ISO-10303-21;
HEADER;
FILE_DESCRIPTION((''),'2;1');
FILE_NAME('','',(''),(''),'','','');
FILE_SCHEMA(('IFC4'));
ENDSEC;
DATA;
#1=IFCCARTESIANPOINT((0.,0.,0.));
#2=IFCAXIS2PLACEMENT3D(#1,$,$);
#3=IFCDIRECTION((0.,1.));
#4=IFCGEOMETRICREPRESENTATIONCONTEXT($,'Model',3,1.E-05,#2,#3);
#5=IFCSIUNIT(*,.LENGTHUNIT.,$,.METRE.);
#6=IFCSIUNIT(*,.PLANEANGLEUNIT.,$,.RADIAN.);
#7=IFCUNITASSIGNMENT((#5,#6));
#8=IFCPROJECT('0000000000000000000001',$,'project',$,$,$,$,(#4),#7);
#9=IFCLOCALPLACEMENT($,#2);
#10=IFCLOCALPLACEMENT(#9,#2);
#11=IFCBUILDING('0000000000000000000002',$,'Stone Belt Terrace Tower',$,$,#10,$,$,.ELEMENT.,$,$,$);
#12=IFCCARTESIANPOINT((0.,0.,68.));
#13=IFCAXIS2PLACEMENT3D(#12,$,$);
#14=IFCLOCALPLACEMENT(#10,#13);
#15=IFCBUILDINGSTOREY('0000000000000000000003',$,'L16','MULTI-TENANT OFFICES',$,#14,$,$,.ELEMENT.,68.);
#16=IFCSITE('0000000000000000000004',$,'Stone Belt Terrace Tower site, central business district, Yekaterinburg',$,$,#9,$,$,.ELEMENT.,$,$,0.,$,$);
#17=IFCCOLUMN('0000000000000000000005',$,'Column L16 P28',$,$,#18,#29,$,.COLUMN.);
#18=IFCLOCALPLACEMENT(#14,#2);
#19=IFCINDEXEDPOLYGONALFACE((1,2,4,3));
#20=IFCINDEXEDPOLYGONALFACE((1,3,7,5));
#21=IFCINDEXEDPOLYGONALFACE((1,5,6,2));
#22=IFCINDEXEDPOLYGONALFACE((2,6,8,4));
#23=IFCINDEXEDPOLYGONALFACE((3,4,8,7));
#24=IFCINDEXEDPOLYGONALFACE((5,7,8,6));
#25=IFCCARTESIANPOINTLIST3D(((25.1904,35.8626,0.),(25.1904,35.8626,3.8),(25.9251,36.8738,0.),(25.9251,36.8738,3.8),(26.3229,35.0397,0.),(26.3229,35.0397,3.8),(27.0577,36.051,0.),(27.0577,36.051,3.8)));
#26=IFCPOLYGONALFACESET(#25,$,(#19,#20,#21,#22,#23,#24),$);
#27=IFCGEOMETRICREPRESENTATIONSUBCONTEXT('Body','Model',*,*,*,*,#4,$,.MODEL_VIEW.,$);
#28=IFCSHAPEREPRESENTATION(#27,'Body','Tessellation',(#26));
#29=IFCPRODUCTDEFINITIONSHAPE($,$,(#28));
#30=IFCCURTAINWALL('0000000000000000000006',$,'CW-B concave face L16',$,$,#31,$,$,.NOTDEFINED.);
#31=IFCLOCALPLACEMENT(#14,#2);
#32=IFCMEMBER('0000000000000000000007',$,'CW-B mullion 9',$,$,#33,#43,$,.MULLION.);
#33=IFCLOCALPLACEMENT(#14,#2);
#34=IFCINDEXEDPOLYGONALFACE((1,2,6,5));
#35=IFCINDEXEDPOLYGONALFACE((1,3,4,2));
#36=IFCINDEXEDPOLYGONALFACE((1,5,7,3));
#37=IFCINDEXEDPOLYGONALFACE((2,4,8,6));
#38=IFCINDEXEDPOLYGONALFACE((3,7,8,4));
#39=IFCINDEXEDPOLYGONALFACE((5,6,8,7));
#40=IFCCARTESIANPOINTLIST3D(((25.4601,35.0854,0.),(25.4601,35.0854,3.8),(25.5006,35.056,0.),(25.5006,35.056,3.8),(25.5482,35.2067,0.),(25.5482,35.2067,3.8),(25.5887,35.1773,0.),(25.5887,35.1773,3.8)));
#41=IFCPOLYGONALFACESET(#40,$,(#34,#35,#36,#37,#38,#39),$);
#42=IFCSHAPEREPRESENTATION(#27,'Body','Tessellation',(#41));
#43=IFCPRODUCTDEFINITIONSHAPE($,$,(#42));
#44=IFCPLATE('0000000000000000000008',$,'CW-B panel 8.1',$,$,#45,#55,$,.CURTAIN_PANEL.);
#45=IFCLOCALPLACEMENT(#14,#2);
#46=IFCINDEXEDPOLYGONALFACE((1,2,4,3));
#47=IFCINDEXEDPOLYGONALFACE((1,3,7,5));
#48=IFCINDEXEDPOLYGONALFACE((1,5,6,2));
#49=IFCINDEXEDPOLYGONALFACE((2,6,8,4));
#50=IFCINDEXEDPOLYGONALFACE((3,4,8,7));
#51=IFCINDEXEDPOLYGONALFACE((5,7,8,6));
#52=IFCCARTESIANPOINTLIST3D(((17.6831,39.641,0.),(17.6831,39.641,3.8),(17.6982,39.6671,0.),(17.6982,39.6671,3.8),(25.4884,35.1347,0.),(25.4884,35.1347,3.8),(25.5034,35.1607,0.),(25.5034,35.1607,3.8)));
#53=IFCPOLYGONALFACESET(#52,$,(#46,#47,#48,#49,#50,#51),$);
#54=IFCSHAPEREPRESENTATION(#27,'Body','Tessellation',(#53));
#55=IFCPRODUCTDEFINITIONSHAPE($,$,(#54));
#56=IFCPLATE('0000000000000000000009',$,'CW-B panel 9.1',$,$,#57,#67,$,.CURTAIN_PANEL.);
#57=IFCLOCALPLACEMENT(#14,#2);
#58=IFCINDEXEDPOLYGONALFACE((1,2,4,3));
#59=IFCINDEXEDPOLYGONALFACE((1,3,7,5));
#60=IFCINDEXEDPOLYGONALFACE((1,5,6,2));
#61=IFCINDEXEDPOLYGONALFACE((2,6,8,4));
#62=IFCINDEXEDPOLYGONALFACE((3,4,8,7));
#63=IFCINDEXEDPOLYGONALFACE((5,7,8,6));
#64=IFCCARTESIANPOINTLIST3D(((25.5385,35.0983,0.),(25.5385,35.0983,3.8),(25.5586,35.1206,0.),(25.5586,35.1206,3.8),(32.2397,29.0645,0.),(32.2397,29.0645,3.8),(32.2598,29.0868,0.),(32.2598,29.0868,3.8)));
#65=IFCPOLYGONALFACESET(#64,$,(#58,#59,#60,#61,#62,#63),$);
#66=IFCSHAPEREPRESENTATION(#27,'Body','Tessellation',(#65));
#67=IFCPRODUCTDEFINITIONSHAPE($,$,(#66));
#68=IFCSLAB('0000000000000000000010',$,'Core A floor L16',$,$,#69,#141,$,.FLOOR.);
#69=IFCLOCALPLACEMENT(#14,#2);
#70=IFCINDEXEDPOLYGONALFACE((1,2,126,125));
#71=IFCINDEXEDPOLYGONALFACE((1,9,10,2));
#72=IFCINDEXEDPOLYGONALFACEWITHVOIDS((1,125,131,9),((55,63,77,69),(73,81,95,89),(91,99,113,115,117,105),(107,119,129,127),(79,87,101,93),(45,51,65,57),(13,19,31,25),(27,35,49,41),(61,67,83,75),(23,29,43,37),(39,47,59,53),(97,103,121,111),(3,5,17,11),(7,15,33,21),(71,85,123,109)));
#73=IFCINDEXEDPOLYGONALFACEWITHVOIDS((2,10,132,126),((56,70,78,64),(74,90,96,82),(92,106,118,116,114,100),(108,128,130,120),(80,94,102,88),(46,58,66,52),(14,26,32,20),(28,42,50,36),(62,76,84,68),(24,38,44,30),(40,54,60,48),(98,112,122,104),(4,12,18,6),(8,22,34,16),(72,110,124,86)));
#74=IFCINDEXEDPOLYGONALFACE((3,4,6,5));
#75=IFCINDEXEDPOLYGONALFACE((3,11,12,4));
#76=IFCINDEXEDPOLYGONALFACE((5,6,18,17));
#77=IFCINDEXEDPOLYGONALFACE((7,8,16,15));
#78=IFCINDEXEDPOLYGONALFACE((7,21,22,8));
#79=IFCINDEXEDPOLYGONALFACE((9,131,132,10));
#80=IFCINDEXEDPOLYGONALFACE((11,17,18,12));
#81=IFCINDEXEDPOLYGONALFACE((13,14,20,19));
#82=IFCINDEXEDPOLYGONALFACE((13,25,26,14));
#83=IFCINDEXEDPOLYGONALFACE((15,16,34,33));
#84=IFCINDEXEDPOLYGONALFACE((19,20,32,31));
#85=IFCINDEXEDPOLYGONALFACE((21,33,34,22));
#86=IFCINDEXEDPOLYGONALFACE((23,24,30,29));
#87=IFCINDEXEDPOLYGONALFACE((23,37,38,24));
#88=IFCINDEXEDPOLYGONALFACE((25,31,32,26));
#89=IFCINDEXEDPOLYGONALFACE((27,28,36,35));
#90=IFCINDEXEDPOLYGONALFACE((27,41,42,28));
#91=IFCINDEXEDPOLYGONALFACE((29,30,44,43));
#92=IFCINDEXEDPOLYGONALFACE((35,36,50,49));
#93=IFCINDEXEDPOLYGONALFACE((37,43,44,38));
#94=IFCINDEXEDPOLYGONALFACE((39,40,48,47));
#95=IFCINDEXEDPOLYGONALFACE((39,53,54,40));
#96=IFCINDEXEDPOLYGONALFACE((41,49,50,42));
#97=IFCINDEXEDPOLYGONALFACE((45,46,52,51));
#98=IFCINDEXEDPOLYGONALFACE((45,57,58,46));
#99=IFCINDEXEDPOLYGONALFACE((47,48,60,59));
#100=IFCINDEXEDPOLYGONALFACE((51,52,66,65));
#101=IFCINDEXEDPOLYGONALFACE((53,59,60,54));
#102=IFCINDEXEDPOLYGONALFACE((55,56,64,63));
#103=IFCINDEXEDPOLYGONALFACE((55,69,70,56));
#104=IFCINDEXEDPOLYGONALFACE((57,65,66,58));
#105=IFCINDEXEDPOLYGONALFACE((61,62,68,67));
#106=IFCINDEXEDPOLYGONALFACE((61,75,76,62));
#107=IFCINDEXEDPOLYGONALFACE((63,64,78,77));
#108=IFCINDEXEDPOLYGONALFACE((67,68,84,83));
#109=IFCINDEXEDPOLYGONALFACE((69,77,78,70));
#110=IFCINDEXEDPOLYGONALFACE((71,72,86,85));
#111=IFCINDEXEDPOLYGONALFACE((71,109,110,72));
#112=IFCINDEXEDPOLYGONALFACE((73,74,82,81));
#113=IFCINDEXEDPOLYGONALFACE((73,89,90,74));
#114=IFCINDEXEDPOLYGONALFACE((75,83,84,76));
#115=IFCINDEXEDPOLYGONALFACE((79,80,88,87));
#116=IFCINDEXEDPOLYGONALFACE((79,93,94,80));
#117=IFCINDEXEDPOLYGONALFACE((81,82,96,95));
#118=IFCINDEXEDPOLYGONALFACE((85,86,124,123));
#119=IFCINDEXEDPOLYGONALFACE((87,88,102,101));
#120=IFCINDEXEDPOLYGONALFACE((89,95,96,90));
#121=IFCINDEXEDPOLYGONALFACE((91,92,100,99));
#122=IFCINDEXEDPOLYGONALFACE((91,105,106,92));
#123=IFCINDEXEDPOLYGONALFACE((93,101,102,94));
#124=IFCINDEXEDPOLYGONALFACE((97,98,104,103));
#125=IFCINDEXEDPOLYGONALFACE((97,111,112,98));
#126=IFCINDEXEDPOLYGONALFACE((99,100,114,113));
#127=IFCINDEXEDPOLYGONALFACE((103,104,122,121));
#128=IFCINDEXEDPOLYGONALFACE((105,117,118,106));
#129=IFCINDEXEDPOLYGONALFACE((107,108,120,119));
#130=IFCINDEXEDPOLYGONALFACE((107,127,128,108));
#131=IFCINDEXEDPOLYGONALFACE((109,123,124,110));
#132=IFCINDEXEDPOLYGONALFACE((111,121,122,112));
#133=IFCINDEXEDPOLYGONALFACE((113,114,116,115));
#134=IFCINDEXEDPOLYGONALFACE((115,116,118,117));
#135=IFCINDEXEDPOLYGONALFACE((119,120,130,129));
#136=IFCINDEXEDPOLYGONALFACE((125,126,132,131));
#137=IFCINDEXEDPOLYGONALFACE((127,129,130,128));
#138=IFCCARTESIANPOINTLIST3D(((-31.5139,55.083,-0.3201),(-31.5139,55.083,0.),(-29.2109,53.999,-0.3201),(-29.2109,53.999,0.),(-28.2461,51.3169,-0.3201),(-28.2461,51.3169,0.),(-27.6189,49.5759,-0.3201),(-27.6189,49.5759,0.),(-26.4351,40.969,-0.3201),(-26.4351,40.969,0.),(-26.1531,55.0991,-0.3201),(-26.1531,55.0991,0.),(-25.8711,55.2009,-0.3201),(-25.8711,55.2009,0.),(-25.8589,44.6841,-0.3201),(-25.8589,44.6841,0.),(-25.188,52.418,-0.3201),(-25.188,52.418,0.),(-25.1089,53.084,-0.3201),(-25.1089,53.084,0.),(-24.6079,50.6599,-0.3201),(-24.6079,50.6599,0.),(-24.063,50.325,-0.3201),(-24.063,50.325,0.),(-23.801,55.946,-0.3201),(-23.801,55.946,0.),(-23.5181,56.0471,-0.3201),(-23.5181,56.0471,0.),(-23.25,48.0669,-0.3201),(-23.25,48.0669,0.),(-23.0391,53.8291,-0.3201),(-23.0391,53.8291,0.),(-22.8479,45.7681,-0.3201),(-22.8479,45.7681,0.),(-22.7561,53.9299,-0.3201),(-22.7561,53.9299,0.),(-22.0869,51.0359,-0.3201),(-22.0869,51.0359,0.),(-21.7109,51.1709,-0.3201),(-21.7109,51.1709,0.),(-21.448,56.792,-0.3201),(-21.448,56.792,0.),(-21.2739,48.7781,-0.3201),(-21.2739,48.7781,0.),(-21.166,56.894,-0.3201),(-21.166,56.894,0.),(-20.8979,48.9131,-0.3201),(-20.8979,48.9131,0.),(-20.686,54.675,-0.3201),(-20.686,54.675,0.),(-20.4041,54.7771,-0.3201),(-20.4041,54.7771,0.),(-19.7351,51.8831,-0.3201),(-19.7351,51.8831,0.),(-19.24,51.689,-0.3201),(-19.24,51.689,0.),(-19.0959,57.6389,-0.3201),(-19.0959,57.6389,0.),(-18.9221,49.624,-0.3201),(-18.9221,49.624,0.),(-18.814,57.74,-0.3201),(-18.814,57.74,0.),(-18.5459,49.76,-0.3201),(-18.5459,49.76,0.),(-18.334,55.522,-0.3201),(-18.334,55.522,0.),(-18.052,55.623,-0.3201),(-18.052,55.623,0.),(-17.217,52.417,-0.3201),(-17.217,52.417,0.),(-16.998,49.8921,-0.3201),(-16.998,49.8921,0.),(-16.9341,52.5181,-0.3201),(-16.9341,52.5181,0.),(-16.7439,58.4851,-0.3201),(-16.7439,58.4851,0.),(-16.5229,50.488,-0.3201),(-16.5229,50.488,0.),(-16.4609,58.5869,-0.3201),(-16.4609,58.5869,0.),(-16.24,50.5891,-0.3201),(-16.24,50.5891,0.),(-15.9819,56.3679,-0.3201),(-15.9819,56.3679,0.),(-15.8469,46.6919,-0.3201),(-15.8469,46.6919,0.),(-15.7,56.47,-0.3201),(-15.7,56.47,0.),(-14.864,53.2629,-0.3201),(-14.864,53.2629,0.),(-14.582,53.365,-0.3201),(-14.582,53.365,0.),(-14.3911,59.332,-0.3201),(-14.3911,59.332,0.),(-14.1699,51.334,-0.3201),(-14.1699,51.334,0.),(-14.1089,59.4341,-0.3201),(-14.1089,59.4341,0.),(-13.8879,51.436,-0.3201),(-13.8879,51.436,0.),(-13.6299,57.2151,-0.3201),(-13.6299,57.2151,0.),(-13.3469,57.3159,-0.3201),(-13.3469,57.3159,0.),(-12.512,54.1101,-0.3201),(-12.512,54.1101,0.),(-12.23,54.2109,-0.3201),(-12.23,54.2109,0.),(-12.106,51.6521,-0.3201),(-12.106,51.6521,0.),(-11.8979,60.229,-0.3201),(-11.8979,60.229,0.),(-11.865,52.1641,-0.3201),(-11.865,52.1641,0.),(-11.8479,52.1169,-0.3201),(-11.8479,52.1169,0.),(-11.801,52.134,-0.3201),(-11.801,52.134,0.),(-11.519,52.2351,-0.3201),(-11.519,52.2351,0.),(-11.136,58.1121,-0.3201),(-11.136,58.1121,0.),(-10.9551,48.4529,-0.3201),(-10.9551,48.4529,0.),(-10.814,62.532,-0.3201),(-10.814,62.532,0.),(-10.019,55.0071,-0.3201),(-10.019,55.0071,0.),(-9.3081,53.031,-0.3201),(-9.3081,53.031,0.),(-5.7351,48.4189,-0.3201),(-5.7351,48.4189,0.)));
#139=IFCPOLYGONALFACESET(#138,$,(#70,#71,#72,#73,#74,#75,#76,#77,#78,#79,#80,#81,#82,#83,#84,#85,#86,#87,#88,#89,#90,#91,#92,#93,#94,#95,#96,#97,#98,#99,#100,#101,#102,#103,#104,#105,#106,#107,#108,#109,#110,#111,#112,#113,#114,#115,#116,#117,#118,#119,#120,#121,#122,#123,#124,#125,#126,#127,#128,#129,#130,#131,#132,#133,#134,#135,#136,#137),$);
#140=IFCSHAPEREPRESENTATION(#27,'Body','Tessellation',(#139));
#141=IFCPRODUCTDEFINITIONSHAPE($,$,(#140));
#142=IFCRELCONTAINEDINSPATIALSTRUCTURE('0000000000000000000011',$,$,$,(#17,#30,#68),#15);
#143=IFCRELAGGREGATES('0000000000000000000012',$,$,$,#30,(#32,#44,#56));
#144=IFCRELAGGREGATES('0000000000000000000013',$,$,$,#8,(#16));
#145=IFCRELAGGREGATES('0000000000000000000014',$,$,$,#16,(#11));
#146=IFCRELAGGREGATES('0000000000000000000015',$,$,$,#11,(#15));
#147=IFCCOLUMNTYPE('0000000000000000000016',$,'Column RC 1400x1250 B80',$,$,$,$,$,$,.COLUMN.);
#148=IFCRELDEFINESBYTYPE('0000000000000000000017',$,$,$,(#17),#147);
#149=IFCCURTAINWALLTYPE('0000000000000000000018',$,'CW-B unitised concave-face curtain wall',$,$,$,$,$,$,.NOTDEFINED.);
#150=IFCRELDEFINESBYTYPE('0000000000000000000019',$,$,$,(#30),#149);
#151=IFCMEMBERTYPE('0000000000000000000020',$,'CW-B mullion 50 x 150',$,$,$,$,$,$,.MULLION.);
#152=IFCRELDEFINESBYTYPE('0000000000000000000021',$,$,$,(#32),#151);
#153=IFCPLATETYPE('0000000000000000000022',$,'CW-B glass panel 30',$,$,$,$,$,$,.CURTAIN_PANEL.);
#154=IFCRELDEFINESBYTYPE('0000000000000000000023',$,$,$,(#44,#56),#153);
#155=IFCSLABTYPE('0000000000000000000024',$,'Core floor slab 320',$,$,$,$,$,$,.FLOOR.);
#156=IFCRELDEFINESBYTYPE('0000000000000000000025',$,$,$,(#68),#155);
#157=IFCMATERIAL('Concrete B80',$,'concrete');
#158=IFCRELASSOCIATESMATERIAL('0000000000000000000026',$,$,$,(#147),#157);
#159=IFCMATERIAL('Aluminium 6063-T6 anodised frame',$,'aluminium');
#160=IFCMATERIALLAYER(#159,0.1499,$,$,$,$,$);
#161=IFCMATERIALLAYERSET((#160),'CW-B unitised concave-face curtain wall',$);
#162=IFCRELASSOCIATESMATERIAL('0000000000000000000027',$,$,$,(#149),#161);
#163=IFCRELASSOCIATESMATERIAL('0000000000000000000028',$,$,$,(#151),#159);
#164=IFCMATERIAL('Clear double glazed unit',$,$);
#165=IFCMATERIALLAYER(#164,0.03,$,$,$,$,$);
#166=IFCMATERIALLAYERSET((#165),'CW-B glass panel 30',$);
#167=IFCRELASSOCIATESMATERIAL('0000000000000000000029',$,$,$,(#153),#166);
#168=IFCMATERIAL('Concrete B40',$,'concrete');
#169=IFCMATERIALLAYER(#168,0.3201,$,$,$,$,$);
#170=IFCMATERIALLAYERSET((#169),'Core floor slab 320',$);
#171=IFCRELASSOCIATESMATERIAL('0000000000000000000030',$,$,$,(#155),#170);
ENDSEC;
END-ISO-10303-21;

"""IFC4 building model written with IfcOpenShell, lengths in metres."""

from ifc_helpers import new_model, si_unit, direction, frame, origin, origin_2d, place, context, subcontext, project, spatial, polyline, rectangle, outline, extrude, material, layer, layer_set, material_profile, profile_set, type_object, element, aggregate, save


model = new_model("IFC4")

# Units and contexts
model_context = context("Model", 3, precision=1e-05, world=origin(), true_north=direction((0.0, 1.0)))
body_context = subcontext(model_context, "Body", "Model", "MODEL_VIEW")
ifc_project = project(units=[si_unit("LENGTHUNIT", "METRE"), si_unit("PLANEANGLEUNIT", "RADIAN")], contexts=[model_context])

# Site, building, storey
site_placement = place(None, origin())
site = spatial("IfcSite", under=ifc_project, at=site_placement, Name="Stone Belt Terrace Tower site, central business district, Yekaterinburg", CompositionType="ELEMENT", RefElevation=0.0)
building_placement = place(site_placement, origin())
building = spatial("IfcBuilding", under=site, at=building_placement, Name="Stone Belt Terrace Tower", CompositionType="ELEMENT")
storey_placement = place(building_placement, frame((0.0, 0.0, 68.0)))
storey = spatial("IfcBuildingStorey", under=building, at=storey_placement, Name="L16", Description="MULTI-TENANT OFFICES", CompositionType="ELEMENT", Elevation=68.0)

# Column
ifc_material_1 = material(Name="Concrete B80", Category="concrete")
ifc_material_profile_1 = material_profile(ifc_material_1, rectangle(XDim=1.3999, YDim=1.25, at=origin_2d()), Name="RC 1400x1250")
ifc_profile_set_1 = profile_set([ifc_material_profile_1], Name="Concrete B80")
column_type = type_object("IfcColumnType", Name="Column RC 1400x1250 B80", PredefinedType="COLUMN", material=ifc_profile_set_1)
column_placement = place(storey_placement, frame((26.124, 35.9568, 0.0), z_axis=(0.0, 0.0, 1.0), x_axis=(0.809017, -0.587785, 0.0)))
element("IfcColumn", 1, at=column_placement, inside=storey, type_object=column_type, Name="Column L16 P28", PredefinedType="COLUMN", context=body_context, shape_type="SweptSolid", body=[
    extrude(rectangle(XDim=1.3999, YDim=1.25, at=origin_2d()), origin(), (0.0, 0.0, 1.0), 3.8),
])

# Curtain wall, member, plates
ifc_material_2 = material(Name="Aluminium 6063-T6 anodised frame", Category="aluminium")
ifc_layer_1 = layer(ifc_material_2, 0.1499)
ifc_layer_set_1 = layer_set([ifc_layer_1], Name="CW-B unitised concave-face curtain wall")
curtain_wall_type = type_object("IfcCurtainWallType", Name="CW-B unitised concave-face curtain wall", PredefinedType="NOTDEFINED", material=ifc_layer_set_1)
curtain_wall_placement = place(storey_placement, origin())
curtain_wall = element("IfcCurtainWall", 2, at=curtain_wall_placement, inside=storey, type_object=curtain_wall_type, Name="CW-B concave face L16", PredefinedType="NOTDEFINED")
ifc_material_profile_2 = material_profile(ifc_material_2, rectangle(XDim=0.1499, YDim=0.05, at=origin_2d()), Name="Aluminium 6063-T6 50x150")
ifc_profile_set_2 = profile_set([ifc_material_profile_2], Name="Aluminium 6063-T6 anodised frame")
member_type = type_object("IfcMemberType", Name="CW-B mullion 50 x 150", PredefinedType="MULLION", material=ifc_profile_set_2)
member_placement = place(storey_placement, frame((25.5244, 35.1313, 0.0), z_axis=(0.0, 0.0, 1.0), x_axis=(0.587785, 0.809017, 0.0)))
member = element("IfcMember", 3, at=member_placement, type_object=member_type, Name="CW-B mullion 9", PredefinedType="MULLION", context=body_context, shape_type="SweptSolid", body=[
    extrude(rectangle(XDim=0.1499, YDim=0.05, at=origin_2d()), origin(), (0.0, 0.0, 1.0), 3.8),
])
ifc_material_3 = material(Name="Clear double glazed unit")
ifc_layer_2 = layer(ifc_material_3, 0.03)
ifc_layer_set_2 = layer_set([ifc_layer_2], Name="CW-B glass panel 30")
plate_type = type_object("IfcPlateType", Name="CW-B glass panel 30", PredefinedType="CURTAIN_PANEL", material=ifc_layer_set_2)
plate_1_placement = place(storey_placement, frame((21.5933, 37.4009, 0.0), z_axis=(0.0, 0.0, 1.0), x_axis=(0.866025, -0.5, 0.0)))
plate_1 = element("IfcPlate", 4, at=plate_1_placement, type_object=plate_type, Name="CW-B panel 8.1", PredefinedType="CURTAIN_PANEL", context=body_context, shape_type="SweptSolid", body=[
    extrude(rectangle(XDim=9.0127, YDim=0.03, at=origin_2d()), origin(), (0.0, 0.0, 1.0), 3.8),
])
plate_2_placement = place(storey_placement, frame((28.8992, 32.0925, 0.0), z_axis=(0.0, 0.0, 1.0), x_axis=(0.743145, -0.669131, 0.0)))
plate_2 = element("IfcPlate", 5, at=plate_2_placement, type_object=plate_type, Name="CW-B panel 9.1", PredefinedType="CURTAIN_PANEL", context=body_context, shape_type="SweptSolid", body=[
    extrude(rectangle(XDim=9.0173, YDim=0.03, at=origin_2d()), origin(), (0.0, 0.0, 1.0), 3.8),
])
aggregate(curtain_wall, [member, plate_1, plate_2])

# Slab
ifc_material_4 = material(Name="Concrete B40", Category="concrete")
ifc_layer_3 = layer(ifc_material_4, 0.3201)
ifc_layer_set_3 = layer_set([ifc_layer_3], Name="Core floor slab 320")
slab_type_1 = type_object("IfcSlabType", Name="Core floor slab 320", PredefinedType="FLOOR", material=ifc_layer_set_3)
slab_1_placement = place(storey_placement, frame((0.0, 0.0, -0.3201)))
element("IfcSlab", 6, at=slab_1_placement, inside=storey, type_object=slab_type_1, Name="Core A floor L16", PredefinedType="FLOOR", context=body_context, shape_type="SweptSolid", body=[
    extrude(outline(polyline([(-26.4351, 40.969), (-5.7351, 48.4189), (-10.814, 62.532), (-31.5139, 55.083), (-26.4351, 40.969)]), holes=[polyline([(-24.6079, 50.6599), (-22.8479, 45.7681), (-25.8589, 44.6841), (-27.6189, 49.5759), (-24.6079, 50.6599)]), polyline([(-21.2739, 48.7781), (-23.25, 48.0669), (-24.063, 50.325), (-22.0869, 51.0359), (-21.2739, 48.7781)]), polyline([(-18.9221, 49.624), (-20.8979, 48.9131), (-21.7109, 51.1709), (-19.7351, 51.8831), (-18.9221, 49.624)]), polyline([(-19.24, 51.689), (-17.217, 52.417), (-16.5229, 50.488), (-18.5459, 49.76), (-19.24, 51.689)]), polyline([(-29.2109, 53.999), (-26.1531, 55.0991), (-25.188, 52.418), (-28.2461, 51.3169), (-29.2109, 53.999)]), polyline([(-23.801, 55.946), (-23.0391, 53.8291), (-25.1089, 53.084), (-25.8711, 55.2009), (-23.801, 55.946)]), polyline([(-21.448, 56.792), (-20.686, 54.675), (-22.7561, 53.9299), (-23.5181, 56.0471), (-21.448, 56.792)]), polyline([(-19.0959, 57.6389), (-18.334, 55.522), (-20.4041, 54.7771), (-21.166, 56.894), (-19.0959, 57.6389)]), polyline([(-15.8469, 46.6919), (-16.998, 49.8921), (-12.106, 51.6521), (-10.9551, 48.4529), (-15.8469, 46.6919)]), polyline([(-16.24, 50.5891), (-16.9341, 52.5181), (-14.864, 53.2629), (-14.1699, 51.334), (-16.24, 50.5891)]), polyline([(-11.801, 52.134), (-11.8479, 52.1169), (-11.865, 52.1641), (-13.8879, 51.436), (-14.582, 53.365), (-12.512, 54.1101), (-11.801, 52.134)]), polyline([(-9.3081, 53.031), (-11.519, 52.2351), (-12.23, 54.2109), (-10.019, 55.0071), (-9.3081, 53.031)]), polyline([(-16.7439, 58.4851), (-15.9819, 56.3679), (-18.052, 55.623), (-18.814, 57.74), (-16.7439, 58.4851)]), polyline([(-14.3911, 59.332), (-13.6299, 57.2151), (-15.7, 56.47), (-16.4609, 58.5869), (-14.3911, 59.332)]), polyline([(-11.8979, 60.229), (-11.136, 58.1121), (-13.3469, 57.3159), (-14.1089, 59.4341), (-11.8979, 60.229)])]), origin(), (0.0, 0.0, 1.0), 0.3201),
])

save(model, "model.ifc")
